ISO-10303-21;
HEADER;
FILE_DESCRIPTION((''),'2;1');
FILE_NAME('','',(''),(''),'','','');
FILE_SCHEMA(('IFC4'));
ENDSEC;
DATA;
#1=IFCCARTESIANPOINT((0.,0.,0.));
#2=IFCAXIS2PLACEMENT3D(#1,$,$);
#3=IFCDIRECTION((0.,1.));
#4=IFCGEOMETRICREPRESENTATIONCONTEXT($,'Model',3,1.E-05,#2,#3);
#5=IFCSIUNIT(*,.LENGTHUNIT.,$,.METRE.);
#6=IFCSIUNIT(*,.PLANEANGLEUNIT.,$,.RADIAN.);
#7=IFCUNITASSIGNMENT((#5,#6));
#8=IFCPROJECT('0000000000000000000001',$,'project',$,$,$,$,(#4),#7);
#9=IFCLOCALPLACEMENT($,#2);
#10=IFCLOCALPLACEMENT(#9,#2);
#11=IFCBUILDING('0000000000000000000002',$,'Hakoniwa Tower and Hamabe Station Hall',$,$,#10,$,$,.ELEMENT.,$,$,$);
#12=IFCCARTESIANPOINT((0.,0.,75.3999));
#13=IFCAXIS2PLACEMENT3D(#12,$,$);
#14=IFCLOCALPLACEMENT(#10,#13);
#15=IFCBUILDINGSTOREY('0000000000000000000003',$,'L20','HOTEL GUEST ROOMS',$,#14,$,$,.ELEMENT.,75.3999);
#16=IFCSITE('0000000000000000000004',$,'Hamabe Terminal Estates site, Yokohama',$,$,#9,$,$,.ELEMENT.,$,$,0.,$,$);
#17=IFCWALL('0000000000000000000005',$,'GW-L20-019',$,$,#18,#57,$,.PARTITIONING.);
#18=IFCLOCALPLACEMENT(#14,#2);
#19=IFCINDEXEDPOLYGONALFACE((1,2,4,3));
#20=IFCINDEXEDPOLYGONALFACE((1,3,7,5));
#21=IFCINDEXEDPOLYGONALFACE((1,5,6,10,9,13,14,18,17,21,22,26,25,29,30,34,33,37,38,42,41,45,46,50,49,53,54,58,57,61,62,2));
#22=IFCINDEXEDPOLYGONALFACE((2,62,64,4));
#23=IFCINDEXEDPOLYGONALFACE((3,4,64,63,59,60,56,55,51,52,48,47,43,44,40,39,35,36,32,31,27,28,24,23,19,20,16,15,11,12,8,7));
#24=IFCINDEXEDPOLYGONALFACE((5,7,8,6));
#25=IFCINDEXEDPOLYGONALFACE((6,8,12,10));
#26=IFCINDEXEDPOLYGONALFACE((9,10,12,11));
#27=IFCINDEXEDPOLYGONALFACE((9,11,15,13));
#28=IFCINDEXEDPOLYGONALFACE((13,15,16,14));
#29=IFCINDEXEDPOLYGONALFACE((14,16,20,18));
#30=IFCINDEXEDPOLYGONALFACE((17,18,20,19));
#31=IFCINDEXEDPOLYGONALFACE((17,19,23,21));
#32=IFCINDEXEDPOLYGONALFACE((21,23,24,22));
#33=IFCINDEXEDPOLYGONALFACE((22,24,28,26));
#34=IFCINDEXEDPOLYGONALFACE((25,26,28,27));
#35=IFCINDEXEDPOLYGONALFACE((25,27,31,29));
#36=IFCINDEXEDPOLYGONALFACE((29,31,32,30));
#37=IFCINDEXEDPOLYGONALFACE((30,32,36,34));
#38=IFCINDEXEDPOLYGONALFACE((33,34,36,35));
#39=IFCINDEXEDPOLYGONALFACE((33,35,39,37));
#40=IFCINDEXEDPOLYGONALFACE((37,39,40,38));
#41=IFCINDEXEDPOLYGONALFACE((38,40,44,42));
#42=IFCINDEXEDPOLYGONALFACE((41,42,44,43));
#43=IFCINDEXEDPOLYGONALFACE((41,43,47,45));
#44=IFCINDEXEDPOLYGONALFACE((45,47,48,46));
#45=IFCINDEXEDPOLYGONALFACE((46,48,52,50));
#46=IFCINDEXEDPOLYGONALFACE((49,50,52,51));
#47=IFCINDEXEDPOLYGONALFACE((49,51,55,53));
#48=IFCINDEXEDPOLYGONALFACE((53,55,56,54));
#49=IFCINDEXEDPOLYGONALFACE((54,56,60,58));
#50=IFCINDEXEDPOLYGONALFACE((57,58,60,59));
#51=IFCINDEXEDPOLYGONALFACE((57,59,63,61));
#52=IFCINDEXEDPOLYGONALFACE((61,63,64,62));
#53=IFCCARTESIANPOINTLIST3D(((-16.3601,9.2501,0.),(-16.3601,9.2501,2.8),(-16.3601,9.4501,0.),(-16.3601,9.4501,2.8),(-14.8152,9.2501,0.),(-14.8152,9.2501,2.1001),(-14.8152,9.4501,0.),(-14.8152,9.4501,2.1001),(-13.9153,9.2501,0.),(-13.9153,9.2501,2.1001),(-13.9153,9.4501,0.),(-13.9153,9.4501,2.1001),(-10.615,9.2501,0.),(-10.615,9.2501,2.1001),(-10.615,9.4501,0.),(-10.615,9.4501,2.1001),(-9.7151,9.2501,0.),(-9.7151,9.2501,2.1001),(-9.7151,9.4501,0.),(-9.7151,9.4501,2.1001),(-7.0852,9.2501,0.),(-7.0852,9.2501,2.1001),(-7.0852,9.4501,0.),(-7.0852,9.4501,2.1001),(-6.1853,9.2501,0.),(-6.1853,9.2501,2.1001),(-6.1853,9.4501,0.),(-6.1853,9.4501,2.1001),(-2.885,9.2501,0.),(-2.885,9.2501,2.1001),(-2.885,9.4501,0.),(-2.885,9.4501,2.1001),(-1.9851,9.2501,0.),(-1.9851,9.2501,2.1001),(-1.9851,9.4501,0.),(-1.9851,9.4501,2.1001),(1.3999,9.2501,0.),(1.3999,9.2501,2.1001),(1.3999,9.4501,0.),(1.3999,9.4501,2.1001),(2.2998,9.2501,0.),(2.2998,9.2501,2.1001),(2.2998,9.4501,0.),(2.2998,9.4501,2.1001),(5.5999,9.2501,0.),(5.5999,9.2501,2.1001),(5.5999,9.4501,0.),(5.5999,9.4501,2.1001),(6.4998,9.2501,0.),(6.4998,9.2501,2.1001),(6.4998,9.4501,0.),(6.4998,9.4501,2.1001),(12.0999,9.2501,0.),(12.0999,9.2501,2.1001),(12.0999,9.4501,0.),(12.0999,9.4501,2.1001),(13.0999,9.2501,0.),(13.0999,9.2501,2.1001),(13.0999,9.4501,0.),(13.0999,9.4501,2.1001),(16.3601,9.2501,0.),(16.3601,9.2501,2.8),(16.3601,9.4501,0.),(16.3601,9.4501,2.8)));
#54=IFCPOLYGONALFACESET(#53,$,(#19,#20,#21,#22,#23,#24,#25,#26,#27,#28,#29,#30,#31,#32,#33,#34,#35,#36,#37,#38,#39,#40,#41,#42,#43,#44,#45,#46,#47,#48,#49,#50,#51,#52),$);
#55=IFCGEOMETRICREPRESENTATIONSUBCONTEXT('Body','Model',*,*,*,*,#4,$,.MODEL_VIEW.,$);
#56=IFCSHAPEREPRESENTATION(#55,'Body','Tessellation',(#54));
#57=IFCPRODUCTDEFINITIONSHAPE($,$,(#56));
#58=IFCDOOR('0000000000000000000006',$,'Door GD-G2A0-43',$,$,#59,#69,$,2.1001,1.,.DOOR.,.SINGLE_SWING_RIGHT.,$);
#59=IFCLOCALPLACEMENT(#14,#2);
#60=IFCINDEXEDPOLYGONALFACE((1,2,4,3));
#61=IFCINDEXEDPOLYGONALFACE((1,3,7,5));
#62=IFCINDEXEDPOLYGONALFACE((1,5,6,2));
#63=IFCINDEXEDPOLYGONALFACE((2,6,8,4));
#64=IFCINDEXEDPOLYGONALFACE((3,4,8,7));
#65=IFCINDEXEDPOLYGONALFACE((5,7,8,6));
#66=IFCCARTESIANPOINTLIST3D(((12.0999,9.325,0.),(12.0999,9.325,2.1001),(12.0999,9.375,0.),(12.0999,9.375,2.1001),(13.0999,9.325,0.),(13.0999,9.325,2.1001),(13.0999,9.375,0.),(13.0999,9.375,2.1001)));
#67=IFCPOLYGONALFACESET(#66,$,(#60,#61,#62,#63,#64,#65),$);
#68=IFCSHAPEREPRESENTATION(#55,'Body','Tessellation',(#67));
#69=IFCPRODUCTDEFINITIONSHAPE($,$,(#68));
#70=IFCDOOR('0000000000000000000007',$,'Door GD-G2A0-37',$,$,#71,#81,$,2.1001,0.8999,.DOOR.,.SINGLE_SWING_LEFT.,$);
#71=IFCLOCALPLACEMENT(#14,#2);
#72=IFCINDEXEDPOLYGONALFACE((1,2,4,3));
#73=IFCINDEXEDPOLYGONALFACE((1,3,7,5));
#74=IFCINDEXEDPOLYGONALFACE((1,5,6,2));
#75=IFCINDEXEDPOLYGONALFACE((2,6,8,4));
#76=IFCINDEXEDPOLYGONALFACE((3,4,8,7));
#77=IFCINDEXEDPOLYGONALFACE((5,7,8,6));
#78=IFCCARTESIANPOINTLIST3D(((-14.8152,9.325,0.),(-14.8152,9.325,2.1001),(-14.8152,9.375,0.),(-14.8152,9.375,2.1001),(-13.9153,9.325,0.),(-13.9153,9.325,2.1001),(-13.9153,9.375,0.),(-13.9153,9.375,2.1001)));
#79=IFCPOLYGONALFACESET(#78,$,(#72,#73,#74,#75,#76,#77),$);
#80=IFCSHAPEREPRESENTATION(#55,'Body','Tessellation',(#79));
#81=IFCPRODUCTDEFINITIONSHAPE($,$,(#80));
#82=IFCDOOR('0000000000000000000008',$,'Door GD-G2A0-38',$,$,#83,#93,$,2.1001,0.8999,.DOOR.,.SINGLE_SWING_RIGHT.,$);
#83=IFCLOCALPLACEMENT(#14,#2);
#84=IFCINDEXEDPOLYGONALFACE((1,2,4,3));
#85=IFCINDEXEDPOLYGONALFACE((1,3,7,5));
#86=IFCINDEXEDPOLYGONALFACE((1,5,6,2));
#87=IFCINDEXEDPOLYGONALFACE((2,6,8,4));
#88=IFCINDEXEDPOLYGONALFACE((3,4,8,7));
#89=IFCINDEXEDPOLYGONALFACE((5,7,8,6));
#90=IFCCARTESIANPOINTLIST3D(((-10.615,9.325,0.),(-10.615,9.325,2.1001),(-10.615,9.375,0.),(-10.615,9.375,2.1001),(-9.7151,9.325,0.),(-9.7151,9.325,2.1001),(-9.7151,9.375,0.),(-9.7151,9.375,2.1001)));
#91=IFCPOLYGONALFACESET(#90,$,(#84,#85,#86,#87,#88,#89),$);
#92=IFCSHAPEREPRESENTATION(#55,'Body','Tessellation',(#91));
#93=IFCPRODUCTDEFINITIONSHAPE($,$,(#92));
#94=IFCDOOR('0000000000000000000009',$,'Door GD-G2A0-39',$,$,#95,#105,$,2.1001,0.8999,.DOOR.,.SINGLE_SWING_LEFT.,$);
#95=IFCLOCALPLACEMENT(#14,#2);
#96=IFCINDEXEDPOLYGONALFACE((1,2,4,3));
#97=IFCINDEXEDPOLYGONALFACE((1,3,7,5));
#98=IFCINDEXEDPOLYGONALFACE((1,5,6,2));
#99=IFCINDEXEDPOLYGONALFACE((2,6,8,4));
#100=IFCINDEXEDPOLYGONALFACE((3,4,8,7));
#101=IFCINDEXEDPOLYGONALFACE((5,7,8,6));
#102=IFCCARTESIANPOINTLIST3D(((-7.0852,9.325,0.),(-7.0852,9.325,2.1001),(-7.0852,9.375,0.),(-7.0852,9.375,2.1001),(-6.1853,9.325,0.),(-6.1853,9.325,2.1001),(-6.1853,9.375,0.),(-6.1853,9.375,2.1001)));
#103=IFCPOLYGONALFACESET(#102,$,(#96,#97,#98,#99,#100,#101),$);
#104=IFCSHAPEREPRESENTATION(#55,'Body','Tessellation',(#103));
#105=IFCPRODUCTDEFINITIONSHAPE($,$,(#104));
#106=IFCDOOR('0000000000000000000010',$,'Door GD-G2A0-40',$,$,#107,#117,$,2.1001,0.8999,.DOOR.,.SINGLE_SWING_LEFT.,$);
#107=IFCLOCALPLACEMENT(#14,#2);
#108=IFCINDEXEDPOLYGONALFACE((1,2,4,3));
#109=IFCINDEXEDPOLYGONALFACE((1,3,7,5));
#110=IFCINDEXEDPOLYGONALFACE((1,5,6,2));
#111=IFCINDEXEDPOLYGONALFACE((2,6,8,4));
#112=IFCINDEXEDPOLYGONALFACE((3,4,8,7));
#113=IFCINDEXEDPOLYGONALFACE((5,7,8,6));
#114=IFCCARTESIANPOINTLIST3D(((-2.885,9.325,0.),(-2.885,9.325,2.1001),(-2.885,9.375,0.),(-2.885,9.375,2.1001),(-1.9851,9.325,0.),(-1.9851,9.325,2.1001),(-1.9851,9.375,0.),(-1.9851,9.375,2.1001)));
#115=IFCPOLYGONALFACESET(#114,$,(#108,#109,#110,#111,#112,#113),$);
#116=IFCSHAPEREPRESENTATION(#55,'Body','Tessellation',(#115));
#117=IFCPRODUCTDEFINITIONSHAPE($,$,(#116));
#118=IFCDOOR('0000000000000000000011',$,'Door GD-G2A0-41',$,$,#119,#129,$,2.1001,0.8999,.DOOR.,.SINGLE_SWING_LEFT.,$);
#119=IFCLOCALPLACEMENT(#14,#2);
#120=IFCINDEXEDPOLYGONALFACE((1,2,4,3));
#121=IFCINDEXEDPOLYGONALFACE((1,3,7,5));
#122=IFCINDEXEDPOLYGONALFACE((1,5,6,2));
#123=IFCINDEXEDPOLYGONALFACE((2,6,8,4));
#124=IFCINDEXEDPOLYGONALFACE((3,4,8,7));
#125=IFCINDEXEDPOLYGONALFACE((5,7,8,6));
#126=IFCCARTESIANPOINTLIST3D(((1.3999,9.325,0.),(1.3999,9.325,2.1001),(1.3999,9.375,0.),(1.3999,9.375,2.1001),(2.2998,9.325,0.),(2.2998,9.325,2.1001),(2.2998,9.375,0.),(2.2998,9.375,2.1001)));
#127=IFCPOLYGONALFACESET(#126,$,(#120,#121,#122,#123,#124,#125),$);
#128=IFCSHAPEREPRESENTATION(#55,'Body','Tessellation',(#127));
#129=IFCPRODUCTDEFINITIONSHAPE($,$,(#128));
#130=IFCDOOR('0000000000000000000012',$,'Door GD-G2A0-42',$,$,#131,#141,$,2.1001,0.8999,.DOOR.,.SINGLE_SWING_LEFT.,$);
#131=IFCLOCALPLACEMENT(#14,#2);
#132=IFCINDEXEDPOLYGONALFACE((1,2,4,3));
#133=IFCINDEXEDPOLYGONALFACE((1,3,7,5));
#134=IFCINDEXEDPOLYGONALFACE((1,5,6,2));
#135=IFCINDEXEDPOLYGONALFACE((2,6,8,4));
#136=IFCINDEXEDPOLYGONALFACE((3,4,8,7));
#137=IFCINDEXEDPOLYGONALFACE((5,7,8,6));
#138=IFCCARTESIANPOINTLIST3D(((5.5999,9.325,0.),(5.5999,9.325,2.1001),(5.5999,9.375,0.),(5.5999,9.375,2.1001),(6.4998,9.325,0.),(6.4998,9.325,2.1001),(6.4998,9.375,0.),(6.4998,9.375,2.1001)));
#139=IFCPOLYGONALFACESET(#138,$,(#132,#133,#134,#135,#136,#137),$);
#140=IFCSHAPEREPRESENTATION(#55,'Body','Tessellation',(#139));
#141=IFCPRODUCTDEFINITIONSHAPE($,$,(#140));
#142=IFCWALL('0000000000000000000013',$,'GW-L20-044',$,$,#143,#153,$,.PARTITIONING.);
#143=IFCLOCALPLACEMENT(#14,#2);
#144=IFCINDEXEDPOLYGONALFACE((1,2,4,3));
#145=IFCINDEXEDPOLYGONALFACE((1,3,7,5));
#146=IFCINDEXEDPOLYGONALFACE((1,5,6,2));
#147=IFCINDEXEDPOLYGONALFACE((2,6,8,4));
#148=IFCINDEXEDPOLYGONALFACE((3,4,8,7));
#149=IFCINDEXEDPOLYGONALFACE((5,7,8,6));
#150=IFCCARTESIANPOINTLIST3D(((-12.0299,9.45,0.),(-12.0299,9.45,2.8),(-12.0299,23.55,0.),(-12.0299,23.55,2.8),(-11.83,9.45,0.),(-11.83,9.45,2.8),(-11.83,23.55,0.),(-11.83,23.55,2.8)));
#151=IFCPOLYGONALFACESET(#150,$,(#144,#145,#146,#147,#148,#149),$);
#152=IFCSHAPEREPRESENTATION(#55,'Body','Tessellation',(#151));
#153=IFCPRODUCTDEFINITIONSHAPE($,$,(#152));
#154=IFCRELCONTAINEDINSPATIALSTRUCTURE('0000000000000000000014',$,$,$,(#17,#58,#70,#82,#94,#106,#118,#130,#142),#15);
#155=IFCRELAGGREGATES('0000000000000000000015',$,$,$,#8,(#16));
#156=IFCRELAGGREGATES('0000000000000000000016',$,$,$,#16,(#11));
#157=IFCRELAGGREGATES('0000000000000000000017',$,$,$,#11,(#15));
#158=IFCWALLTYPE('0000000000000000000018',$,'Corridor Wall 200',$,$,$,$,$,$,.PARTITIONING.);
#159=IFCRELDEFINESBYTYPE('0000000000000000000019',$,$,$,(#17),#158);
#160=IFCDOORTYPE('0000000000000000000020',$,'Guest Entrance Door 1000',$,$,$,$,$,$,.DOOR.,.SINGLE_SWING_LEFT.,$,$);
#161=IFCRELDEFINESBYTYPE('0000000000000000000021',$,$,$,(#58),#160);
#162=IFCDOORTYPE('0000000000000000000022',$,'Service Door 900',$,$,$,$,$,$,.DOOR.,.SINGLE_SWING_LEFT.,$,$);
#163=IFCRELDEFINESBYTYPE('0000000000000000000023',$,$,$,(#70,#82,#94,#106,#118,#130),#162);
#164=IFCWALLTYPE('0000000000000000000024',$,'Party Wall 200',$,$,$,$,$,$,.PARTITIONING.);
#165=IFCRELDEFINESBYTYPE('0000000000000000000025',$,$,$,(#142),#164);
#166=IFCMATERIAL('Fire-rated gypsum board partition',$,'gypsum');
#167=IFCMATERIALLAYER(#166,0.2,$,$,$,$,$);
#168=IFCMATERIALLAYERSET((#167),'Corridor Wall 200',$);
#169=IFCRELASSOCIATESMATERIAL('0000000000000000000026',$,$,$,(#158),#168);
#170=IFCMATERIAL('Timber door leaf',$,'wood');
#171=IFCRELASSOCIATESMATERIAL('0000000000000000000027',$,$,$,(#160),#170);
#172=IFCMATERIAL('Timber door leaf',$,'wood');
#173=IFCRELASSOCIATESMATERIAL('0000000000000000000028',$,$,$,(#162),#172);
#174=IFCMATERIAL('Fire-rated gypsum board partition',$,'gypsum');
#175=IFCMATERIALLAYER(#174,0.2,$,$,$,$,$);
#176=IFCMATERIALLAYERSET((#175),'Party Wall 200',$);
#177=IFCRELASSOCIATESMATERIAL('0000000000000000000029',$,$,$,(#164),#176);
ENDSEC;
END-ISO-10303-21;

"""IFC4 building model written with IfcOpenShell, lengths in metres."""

from ifc_helpers import new_model, si_unit, direction, frame, frame_2d, origin, place, context, subcontext, project, spatial, rectangle, extrude, material, layer, layer_set, type_object, element, fill, save


model = new_model("IFC4")

# Units and contexts
model_context = context("Model", 3, precision=1e-05, world=origin(), true_north=direction((0.0, 1.0)))
body_context = subcontext(model_context, "Body", "Model", "MODEL_VIEW")
ifc_project = project(units=[si_unit("LENGTHUNIT", "METRE"), si_unit("PLANEANGLEUNIT", "RADIAN")], contexts=[model_context])

# Site, building, storey
site_placement = place(None, origin())
site = spatial("IfcSite", under=ifc_project, at=site_placement, Name="Hamabe Terminal Estates site, Yokohama", CompositionType="ELEMENT", RefElevation=0.0)
building_placement = place(site_placement, origin())
building = spatial("IfcBuilding", under=site, at=building_placement, Name="Hakoniwa Tower and Hamabe Station Hall", CompositionType="ELEMENT")
storey_placement = place(building_placement, frame((0.0, 0.0, 75.3999)))
storey = spatial("IfcBuildingStorey", under=building, at=storey_placement, Name="L20", Description="HOTEL GUEST ROOMS", CompositionType="ELEMENT", Elevation=75.3999)

# Wall, openings, doors
ifc_material_1 = material(Name="Fire-rated gypsum board partition", Category="gypsum")
ifc_layer_1 = layer(ifc_material_1, 0.2)
ifc_layer_set_1 = layer_set([ifc_layer_1], Name="Corridor Wall 200")
wall_type_1 = type_object("IfcWallType", Name="Corridor Wall 200", PredefinedType="PARTITIONING", material=ifc_layer_set_1)
wall_1_placement = place(storey_placement, frame((-16.3601, 9.3501, 0.0), z_axis=(0.0, 0.0, 1.0), x_axis=(1.0, 0.0, 0.0)))
wall_1 = element("IfcWall", 1, at=wall_1_placement, inside=storey, type_object=wall_type_1, Name="GW-L20-019", PredefinedType="PARTITIONING", context=body_context, shape_type="SweptSolid", body=[
    extrude(rectangle(XDim=32.7202, YDim=0.2, at=frame_2d((16.3601, 0.0))), origin(), (0.0, 0.0, 1.0), 2.8),
])
opening_1_placement = place(wall_1_placement, frame((1.5449, 0.0, 0.0)))
opening_1 = element("IfcOpeningElement", 2, at=opening_1_placement, cuts=wall_1, PredefinedType="OPENING", context=body_context, shape_type="SweptSolid", body=[
    extrude(rectangle(XDim=0.8999, YDim=2.1001, at=frame_2d((0.45, 1.05))), frame((0.0, 0.1099, 0.0), z_axis=(0.0, -1.0, 0.0), x_axis=(1.0, 0.0, 0.0)), (0.0, 0.0, 1.0), 0.22),
])
opening_2_placement = place(wall_1_placement, frame((5.7451, 0.0, 0.0)))
opening_2 = element("IfcOpeningElement", 3, at=opening_2_placement, cuts=wall_1, PredefinedType="OPENING", context=body_context, shape_type="SweptSolid", body=[
    extrude(rectangle(XDim=0.8999, YDim=2.1001, at=frame_2d((0.45, 1.05))), frame((0.0, 0.1099, 0.0), z_axis=(0.0, -1.0, 0.0), x_axis=(1.0, 0.0, 0.0)), (0.0, 0.0, 1.0), 0.22),
])
opening_3_placement = place(wall_1_placement, frame((9.2749, 0.0, 0.0)))
opening_3 = element("IfcOpeningElement", 4, at=opening_3_placement, cuts=wall_1, PredefinedType="OPENING", context=body_context, shape_type="SweptSolid", body=[
    extrude(rectangle(XDim=0.8999, YDim=2.1001, at=frame_2d((0.45, 1.05))), frame((0.0, 0.1099, 0.0), z_axis=(0.0, -1.0, 0.0), x_axis=(1.0, 0.0, 0.0)), (0.0, 0.0, 1.0), 0.22),
])
opening_4_placement = place(wall_1_placement, frame((13.4751, 0.0, 0.0)))
opening_4 = element("IfcOpeningElement", 5, at=opening_4_placement, cuts=wall_1, PredefinedType="OPENING", context=body_context, shape_type="SweptSolid", body=[
    extrude(rectangle(XDim=0.8999, YDim=2.1001, at=frame_2d((0.45, 1.05))), frame((0.0, 0.1099, 0.0), z_axis=(0.0, -1.0, 0.0), x_axis=(1.0, 0.0, 0.0)), (0.0, 0.0, 1.0), 0.22),
])
opening_5_placement = place(wall_1_placement, frame((17.76, 0.0, 0.0)))
opening_5 = element("IfcOpeningElement", 6, at=opening_5_placement, cuts=wall_1, PredefinedType="OPENING", context=body_context, shape_type="SweptSolid", body=[
    extrude(rectangle(XDim=0.8999, YDim=2.1001, at=frame_2d((0.45, 1.05))), frame((0.0, 0.1099, 0.0), z_axis=(0.0, -1.0, 0.0), x_axis=(1.0, 0.0, 0.0)), (0.0, 0.0, 1.0), 0.22),
])
opening_6_placement = place(wall_1_placement, frame((21.96, 0.0, 0.0)))
opening_6 = element("IfcOpeningElement", 7, at=opening_6_placement, cuts=wall_1, PredefinedType="OPENING", context=body_context, shape_type="SweptSolid", body=[
    extrude(rectangle(XDim=0.8999, YDim=2.1001, at=frame_2d((0.45, 1.05))), frame((0.0, 0.1099, 0.0), z_axis=(0.0, -1.0, 0.0), x_axis=(1.0, 0.0, 0.0)), (0.0, 0.0, 1.0), 0.22),
])
opening_7_placement = place(wall_1_placement, frame((28.46, 0.0, 0.0)))
opening_7 = element("IfcOpeningElement", 8, at=opening_7_placement, cuts=wall_1, PredefinedType="OPENING", context=body_context, shape_type="SweptSolid", body=[
    extrude(rectangle(XDim=1.0, YDim=2.1001, at=frame_2d((0.5, 1.05))), frame((0.0, 0.1099, 0.0), z_axis=(0.0, -1.0, 0.0), x_axis=(1.0, 0.0, 0.0)), (0.0, 0.0, 1.0), 0.22),
])
ifc_material_2 = material(Name="Timber door leaf", Category="wood")
door_type_1 = type_object("IfcDoorType", Name="Guest Entrance Door 1000", OperationType="SINGLE_SWING_LEFT", PredefinedType="DOOR", material=ifc_material_2)
door_1_placement = place(opening_7_placement, origin())
door_1 = element("IfcDoor", 9, at=door_1_placement, inside=storey, type_object=door_type_1, Name="Door GD-G2A0-43", OperationType="SINGLE_SWING_RIGHT", OverallHeight=2.1001, OverallWidth=1.0, PredefinedType="DOOR", context=body_context, shape_type="SweptSolid", body=[
    extrude(rectangle(XDim=1.0, YDim=2.1001, at=frame_2d((0.5, 1.05))), frame((0.0, 0.0249, 0.0), z_axis=(0.0, -1.0, 0.0), x_axis=(1.0, 0.0, 0.0)), (0.0, 0.0, 1.0), 0.05),
])
fill(opening_7, door_1)
ifc_material_3 = material(Name="Timber door leaf", Category="wood")
door_type_2 = type_object("IfcDoorType", Name="Service Door 900", OperationType="SINGLE_SWING_LEFT", PredefinedType="DOOR", material=ifc_material_3)
door_2_placement = place(opening_1_placement, origin())
door_2 = element("IfcDoor", 10, at=door_2_placement, inside=storey, type_object=door_type_2, Name="Door GD-G2A0-37", OperationType="SINGLE_SWING_LEFT", OverallHeight=2.1001, OverallWidth=0.8999, PredefinedType="DOOR", context=body_context, shape_type="SweptSolid", body=[
    extrude(rectangle(XDim=0.8999, YDim=2.1001, at=frame_2d((0.45, 1.05))), frame((0.0, 0.0249, 0.0), z_axis=(0.0, -1.0, 0.0), x_axis=(1.0, 0.0, 0.0)), (0.0, 0.0, 1.0), 0.05),
])
fill(opening_1, door_2)
door_3_placement = place(opening_2_placement, origin())
door_3 = element("IfcDoor", 11, at=door_3_placement, inside=storey, type_object=door_type_2, Name="Door GD-G2A0-38", OperationType="SINGLE_SWING_RIGHT", OverallHeight=2.1001, OverallWidth=0.8999, PredefinedType="DOOR", context=body_context, shape_type="SweptSolid", body=[
    extrude(rectangle(XDim=0.8999, YDim=2.1001, at=frame_2d((0.45, 1.05))), frame((0.0, 0.0249, 0.0), z_axis=(0.0, -1.0, 0.0), x_axis=(1.0, 0.0, 0.0)), (0.0, 0.0, 1.0), 0.05),
])
fill(opening_2, door_3)
door_4_placement = place(opening_3_placement, origin())
door_4 = element("IfcDoor", 12, at=door_4_placement, inside=storey, type_object=door_type_2, Name="Door GD-G2A0-39", OperationType="SINGLE_SWING_LEFT", OverallHeight=2.1001, OverallWidth=0.8999, PredefinedType="DOOR", context=body_context, shape_type="SweptSolid", body=[
    extrude(rectangle(XDim=0.8999, YDim=2.1001, at=frame_2d((0.45, 1.05))), frame((0.0, 0.0249, 0.0), z_axis=(0.0, -1.0, 0.0), x_axis=(1.0, 0.0, 0.0)), (0.0, 0.0, 1.0), 0.05),
])
fill(opening_3, door_4)
door_5_placement = place(opening_4_placement, origin())
door_5 = element("IfcDoor", 13, at=door_5_placement, inside=storey, type_object=door_type_2, Name="Door GD-G2A0-40", OperationType="SINGLE_SWING_LEFT", OverallHeight=2.1001, OverallWidth=0.8999, PredefinedType="DOOR", context=body_context, shape_type="SweptSolid", body=[
    extrude(rectangle(XDim=0.8999, YDim=2.1001, at=frame_2d((0.45, 1.05))), frame((0.0, 0.0249, 0.0), z_axis=(0.0, -1.0, 0.0), x_axis=(1.0, 0.0, 0.0)), (0.0, 0.0, 1.0), 0.05),
])
fill(opening_4, door_5)
door_6_placement = place(opening_5_placement, origin())
door_6 = element("IfcDoor", 14, at=door_6_placement, inside=storey, type_object=door_type_2, Name="Door GD-G2A0-41", OperationType="SINGLE_SWING_LEFT", OverallHeight=2.1001, OverallWidth=0.8999, PredefinedType="DOOR", context=body_context, shape_type="SweptSolid", body=[
    extrude(rectangle(XDim=0.8999, YDim=2.1001, at=frame_2d((0.45, 1.05))), frame((0.0, 0.0249, 0.0), z_axis=(0.0, -1.0, 0.0), x_axis=(1.0, 0.0, 0.0)), (0.0, 0.0, 1.0), 0.05),
])
fill(opening_5, door_6)
door_7_placement = place(opening_6_placement, origin())
door_7 = element("IfcDoor", 15, at=door_7_placement, inside=storey, type_object=door_type_2, Name="Door GD-G2A0-42", OperationType="SINGLE_SWING_LEFT", OverallHeight=2.1001, OverallWidth=0.8999, PredefinedType="DOOR", context=body_context, shape_type="SweptSolid", body=[
    extrude(rectangle(XDim=0.8999, YDim=2.1001, at=frame_2d((0.45, 1.05))), frame((0.0, 0.0249, 0.0), z_axis=(0.0, -1.0, 0.0), x_axis=(1.0, 0.0, 0.0)), (0.0, 0.0, 1.0), 0.05),
])
fill(opening_6, door_7)

# Wall
ifc_material_4 = material(Name="Fire-rated gypsum board partition", Category="gypsum")
ifc_layer_2 = layer(ifc_material_4, 0.2)
ifc_layer_set_2 = layer_set([ifc_layer_2], Name="Party Wall 200")
wall_type_2 = type_object("IfcWallType", Name="Party Wall 200", PredefinedType="PARTITIONING", material=ifc_layer_set_2)
wall_2_placement = place(storey_placement, frame((-11.9299, 9.45, 0.0), z_axis=(0.0, 0.0, 1.0), x_axis=(0.0, 1.0, 0.0)))
element("IfcWall", 16, at=wall_2_placement, inside=storey, type_object=wall_type_2, Name="GW-L20-044", PredefinedType="PARTITIONING", context=body_context, shape_type="SweptSolid", body=[
    extrude(rectangle(XDim=14.1001, YDim=0.2, at=frame_2d((7.05, 0.0))), origin(), (0.0, 0.0, 1.0), 2.8),
])

save(model, "model.ifc")
